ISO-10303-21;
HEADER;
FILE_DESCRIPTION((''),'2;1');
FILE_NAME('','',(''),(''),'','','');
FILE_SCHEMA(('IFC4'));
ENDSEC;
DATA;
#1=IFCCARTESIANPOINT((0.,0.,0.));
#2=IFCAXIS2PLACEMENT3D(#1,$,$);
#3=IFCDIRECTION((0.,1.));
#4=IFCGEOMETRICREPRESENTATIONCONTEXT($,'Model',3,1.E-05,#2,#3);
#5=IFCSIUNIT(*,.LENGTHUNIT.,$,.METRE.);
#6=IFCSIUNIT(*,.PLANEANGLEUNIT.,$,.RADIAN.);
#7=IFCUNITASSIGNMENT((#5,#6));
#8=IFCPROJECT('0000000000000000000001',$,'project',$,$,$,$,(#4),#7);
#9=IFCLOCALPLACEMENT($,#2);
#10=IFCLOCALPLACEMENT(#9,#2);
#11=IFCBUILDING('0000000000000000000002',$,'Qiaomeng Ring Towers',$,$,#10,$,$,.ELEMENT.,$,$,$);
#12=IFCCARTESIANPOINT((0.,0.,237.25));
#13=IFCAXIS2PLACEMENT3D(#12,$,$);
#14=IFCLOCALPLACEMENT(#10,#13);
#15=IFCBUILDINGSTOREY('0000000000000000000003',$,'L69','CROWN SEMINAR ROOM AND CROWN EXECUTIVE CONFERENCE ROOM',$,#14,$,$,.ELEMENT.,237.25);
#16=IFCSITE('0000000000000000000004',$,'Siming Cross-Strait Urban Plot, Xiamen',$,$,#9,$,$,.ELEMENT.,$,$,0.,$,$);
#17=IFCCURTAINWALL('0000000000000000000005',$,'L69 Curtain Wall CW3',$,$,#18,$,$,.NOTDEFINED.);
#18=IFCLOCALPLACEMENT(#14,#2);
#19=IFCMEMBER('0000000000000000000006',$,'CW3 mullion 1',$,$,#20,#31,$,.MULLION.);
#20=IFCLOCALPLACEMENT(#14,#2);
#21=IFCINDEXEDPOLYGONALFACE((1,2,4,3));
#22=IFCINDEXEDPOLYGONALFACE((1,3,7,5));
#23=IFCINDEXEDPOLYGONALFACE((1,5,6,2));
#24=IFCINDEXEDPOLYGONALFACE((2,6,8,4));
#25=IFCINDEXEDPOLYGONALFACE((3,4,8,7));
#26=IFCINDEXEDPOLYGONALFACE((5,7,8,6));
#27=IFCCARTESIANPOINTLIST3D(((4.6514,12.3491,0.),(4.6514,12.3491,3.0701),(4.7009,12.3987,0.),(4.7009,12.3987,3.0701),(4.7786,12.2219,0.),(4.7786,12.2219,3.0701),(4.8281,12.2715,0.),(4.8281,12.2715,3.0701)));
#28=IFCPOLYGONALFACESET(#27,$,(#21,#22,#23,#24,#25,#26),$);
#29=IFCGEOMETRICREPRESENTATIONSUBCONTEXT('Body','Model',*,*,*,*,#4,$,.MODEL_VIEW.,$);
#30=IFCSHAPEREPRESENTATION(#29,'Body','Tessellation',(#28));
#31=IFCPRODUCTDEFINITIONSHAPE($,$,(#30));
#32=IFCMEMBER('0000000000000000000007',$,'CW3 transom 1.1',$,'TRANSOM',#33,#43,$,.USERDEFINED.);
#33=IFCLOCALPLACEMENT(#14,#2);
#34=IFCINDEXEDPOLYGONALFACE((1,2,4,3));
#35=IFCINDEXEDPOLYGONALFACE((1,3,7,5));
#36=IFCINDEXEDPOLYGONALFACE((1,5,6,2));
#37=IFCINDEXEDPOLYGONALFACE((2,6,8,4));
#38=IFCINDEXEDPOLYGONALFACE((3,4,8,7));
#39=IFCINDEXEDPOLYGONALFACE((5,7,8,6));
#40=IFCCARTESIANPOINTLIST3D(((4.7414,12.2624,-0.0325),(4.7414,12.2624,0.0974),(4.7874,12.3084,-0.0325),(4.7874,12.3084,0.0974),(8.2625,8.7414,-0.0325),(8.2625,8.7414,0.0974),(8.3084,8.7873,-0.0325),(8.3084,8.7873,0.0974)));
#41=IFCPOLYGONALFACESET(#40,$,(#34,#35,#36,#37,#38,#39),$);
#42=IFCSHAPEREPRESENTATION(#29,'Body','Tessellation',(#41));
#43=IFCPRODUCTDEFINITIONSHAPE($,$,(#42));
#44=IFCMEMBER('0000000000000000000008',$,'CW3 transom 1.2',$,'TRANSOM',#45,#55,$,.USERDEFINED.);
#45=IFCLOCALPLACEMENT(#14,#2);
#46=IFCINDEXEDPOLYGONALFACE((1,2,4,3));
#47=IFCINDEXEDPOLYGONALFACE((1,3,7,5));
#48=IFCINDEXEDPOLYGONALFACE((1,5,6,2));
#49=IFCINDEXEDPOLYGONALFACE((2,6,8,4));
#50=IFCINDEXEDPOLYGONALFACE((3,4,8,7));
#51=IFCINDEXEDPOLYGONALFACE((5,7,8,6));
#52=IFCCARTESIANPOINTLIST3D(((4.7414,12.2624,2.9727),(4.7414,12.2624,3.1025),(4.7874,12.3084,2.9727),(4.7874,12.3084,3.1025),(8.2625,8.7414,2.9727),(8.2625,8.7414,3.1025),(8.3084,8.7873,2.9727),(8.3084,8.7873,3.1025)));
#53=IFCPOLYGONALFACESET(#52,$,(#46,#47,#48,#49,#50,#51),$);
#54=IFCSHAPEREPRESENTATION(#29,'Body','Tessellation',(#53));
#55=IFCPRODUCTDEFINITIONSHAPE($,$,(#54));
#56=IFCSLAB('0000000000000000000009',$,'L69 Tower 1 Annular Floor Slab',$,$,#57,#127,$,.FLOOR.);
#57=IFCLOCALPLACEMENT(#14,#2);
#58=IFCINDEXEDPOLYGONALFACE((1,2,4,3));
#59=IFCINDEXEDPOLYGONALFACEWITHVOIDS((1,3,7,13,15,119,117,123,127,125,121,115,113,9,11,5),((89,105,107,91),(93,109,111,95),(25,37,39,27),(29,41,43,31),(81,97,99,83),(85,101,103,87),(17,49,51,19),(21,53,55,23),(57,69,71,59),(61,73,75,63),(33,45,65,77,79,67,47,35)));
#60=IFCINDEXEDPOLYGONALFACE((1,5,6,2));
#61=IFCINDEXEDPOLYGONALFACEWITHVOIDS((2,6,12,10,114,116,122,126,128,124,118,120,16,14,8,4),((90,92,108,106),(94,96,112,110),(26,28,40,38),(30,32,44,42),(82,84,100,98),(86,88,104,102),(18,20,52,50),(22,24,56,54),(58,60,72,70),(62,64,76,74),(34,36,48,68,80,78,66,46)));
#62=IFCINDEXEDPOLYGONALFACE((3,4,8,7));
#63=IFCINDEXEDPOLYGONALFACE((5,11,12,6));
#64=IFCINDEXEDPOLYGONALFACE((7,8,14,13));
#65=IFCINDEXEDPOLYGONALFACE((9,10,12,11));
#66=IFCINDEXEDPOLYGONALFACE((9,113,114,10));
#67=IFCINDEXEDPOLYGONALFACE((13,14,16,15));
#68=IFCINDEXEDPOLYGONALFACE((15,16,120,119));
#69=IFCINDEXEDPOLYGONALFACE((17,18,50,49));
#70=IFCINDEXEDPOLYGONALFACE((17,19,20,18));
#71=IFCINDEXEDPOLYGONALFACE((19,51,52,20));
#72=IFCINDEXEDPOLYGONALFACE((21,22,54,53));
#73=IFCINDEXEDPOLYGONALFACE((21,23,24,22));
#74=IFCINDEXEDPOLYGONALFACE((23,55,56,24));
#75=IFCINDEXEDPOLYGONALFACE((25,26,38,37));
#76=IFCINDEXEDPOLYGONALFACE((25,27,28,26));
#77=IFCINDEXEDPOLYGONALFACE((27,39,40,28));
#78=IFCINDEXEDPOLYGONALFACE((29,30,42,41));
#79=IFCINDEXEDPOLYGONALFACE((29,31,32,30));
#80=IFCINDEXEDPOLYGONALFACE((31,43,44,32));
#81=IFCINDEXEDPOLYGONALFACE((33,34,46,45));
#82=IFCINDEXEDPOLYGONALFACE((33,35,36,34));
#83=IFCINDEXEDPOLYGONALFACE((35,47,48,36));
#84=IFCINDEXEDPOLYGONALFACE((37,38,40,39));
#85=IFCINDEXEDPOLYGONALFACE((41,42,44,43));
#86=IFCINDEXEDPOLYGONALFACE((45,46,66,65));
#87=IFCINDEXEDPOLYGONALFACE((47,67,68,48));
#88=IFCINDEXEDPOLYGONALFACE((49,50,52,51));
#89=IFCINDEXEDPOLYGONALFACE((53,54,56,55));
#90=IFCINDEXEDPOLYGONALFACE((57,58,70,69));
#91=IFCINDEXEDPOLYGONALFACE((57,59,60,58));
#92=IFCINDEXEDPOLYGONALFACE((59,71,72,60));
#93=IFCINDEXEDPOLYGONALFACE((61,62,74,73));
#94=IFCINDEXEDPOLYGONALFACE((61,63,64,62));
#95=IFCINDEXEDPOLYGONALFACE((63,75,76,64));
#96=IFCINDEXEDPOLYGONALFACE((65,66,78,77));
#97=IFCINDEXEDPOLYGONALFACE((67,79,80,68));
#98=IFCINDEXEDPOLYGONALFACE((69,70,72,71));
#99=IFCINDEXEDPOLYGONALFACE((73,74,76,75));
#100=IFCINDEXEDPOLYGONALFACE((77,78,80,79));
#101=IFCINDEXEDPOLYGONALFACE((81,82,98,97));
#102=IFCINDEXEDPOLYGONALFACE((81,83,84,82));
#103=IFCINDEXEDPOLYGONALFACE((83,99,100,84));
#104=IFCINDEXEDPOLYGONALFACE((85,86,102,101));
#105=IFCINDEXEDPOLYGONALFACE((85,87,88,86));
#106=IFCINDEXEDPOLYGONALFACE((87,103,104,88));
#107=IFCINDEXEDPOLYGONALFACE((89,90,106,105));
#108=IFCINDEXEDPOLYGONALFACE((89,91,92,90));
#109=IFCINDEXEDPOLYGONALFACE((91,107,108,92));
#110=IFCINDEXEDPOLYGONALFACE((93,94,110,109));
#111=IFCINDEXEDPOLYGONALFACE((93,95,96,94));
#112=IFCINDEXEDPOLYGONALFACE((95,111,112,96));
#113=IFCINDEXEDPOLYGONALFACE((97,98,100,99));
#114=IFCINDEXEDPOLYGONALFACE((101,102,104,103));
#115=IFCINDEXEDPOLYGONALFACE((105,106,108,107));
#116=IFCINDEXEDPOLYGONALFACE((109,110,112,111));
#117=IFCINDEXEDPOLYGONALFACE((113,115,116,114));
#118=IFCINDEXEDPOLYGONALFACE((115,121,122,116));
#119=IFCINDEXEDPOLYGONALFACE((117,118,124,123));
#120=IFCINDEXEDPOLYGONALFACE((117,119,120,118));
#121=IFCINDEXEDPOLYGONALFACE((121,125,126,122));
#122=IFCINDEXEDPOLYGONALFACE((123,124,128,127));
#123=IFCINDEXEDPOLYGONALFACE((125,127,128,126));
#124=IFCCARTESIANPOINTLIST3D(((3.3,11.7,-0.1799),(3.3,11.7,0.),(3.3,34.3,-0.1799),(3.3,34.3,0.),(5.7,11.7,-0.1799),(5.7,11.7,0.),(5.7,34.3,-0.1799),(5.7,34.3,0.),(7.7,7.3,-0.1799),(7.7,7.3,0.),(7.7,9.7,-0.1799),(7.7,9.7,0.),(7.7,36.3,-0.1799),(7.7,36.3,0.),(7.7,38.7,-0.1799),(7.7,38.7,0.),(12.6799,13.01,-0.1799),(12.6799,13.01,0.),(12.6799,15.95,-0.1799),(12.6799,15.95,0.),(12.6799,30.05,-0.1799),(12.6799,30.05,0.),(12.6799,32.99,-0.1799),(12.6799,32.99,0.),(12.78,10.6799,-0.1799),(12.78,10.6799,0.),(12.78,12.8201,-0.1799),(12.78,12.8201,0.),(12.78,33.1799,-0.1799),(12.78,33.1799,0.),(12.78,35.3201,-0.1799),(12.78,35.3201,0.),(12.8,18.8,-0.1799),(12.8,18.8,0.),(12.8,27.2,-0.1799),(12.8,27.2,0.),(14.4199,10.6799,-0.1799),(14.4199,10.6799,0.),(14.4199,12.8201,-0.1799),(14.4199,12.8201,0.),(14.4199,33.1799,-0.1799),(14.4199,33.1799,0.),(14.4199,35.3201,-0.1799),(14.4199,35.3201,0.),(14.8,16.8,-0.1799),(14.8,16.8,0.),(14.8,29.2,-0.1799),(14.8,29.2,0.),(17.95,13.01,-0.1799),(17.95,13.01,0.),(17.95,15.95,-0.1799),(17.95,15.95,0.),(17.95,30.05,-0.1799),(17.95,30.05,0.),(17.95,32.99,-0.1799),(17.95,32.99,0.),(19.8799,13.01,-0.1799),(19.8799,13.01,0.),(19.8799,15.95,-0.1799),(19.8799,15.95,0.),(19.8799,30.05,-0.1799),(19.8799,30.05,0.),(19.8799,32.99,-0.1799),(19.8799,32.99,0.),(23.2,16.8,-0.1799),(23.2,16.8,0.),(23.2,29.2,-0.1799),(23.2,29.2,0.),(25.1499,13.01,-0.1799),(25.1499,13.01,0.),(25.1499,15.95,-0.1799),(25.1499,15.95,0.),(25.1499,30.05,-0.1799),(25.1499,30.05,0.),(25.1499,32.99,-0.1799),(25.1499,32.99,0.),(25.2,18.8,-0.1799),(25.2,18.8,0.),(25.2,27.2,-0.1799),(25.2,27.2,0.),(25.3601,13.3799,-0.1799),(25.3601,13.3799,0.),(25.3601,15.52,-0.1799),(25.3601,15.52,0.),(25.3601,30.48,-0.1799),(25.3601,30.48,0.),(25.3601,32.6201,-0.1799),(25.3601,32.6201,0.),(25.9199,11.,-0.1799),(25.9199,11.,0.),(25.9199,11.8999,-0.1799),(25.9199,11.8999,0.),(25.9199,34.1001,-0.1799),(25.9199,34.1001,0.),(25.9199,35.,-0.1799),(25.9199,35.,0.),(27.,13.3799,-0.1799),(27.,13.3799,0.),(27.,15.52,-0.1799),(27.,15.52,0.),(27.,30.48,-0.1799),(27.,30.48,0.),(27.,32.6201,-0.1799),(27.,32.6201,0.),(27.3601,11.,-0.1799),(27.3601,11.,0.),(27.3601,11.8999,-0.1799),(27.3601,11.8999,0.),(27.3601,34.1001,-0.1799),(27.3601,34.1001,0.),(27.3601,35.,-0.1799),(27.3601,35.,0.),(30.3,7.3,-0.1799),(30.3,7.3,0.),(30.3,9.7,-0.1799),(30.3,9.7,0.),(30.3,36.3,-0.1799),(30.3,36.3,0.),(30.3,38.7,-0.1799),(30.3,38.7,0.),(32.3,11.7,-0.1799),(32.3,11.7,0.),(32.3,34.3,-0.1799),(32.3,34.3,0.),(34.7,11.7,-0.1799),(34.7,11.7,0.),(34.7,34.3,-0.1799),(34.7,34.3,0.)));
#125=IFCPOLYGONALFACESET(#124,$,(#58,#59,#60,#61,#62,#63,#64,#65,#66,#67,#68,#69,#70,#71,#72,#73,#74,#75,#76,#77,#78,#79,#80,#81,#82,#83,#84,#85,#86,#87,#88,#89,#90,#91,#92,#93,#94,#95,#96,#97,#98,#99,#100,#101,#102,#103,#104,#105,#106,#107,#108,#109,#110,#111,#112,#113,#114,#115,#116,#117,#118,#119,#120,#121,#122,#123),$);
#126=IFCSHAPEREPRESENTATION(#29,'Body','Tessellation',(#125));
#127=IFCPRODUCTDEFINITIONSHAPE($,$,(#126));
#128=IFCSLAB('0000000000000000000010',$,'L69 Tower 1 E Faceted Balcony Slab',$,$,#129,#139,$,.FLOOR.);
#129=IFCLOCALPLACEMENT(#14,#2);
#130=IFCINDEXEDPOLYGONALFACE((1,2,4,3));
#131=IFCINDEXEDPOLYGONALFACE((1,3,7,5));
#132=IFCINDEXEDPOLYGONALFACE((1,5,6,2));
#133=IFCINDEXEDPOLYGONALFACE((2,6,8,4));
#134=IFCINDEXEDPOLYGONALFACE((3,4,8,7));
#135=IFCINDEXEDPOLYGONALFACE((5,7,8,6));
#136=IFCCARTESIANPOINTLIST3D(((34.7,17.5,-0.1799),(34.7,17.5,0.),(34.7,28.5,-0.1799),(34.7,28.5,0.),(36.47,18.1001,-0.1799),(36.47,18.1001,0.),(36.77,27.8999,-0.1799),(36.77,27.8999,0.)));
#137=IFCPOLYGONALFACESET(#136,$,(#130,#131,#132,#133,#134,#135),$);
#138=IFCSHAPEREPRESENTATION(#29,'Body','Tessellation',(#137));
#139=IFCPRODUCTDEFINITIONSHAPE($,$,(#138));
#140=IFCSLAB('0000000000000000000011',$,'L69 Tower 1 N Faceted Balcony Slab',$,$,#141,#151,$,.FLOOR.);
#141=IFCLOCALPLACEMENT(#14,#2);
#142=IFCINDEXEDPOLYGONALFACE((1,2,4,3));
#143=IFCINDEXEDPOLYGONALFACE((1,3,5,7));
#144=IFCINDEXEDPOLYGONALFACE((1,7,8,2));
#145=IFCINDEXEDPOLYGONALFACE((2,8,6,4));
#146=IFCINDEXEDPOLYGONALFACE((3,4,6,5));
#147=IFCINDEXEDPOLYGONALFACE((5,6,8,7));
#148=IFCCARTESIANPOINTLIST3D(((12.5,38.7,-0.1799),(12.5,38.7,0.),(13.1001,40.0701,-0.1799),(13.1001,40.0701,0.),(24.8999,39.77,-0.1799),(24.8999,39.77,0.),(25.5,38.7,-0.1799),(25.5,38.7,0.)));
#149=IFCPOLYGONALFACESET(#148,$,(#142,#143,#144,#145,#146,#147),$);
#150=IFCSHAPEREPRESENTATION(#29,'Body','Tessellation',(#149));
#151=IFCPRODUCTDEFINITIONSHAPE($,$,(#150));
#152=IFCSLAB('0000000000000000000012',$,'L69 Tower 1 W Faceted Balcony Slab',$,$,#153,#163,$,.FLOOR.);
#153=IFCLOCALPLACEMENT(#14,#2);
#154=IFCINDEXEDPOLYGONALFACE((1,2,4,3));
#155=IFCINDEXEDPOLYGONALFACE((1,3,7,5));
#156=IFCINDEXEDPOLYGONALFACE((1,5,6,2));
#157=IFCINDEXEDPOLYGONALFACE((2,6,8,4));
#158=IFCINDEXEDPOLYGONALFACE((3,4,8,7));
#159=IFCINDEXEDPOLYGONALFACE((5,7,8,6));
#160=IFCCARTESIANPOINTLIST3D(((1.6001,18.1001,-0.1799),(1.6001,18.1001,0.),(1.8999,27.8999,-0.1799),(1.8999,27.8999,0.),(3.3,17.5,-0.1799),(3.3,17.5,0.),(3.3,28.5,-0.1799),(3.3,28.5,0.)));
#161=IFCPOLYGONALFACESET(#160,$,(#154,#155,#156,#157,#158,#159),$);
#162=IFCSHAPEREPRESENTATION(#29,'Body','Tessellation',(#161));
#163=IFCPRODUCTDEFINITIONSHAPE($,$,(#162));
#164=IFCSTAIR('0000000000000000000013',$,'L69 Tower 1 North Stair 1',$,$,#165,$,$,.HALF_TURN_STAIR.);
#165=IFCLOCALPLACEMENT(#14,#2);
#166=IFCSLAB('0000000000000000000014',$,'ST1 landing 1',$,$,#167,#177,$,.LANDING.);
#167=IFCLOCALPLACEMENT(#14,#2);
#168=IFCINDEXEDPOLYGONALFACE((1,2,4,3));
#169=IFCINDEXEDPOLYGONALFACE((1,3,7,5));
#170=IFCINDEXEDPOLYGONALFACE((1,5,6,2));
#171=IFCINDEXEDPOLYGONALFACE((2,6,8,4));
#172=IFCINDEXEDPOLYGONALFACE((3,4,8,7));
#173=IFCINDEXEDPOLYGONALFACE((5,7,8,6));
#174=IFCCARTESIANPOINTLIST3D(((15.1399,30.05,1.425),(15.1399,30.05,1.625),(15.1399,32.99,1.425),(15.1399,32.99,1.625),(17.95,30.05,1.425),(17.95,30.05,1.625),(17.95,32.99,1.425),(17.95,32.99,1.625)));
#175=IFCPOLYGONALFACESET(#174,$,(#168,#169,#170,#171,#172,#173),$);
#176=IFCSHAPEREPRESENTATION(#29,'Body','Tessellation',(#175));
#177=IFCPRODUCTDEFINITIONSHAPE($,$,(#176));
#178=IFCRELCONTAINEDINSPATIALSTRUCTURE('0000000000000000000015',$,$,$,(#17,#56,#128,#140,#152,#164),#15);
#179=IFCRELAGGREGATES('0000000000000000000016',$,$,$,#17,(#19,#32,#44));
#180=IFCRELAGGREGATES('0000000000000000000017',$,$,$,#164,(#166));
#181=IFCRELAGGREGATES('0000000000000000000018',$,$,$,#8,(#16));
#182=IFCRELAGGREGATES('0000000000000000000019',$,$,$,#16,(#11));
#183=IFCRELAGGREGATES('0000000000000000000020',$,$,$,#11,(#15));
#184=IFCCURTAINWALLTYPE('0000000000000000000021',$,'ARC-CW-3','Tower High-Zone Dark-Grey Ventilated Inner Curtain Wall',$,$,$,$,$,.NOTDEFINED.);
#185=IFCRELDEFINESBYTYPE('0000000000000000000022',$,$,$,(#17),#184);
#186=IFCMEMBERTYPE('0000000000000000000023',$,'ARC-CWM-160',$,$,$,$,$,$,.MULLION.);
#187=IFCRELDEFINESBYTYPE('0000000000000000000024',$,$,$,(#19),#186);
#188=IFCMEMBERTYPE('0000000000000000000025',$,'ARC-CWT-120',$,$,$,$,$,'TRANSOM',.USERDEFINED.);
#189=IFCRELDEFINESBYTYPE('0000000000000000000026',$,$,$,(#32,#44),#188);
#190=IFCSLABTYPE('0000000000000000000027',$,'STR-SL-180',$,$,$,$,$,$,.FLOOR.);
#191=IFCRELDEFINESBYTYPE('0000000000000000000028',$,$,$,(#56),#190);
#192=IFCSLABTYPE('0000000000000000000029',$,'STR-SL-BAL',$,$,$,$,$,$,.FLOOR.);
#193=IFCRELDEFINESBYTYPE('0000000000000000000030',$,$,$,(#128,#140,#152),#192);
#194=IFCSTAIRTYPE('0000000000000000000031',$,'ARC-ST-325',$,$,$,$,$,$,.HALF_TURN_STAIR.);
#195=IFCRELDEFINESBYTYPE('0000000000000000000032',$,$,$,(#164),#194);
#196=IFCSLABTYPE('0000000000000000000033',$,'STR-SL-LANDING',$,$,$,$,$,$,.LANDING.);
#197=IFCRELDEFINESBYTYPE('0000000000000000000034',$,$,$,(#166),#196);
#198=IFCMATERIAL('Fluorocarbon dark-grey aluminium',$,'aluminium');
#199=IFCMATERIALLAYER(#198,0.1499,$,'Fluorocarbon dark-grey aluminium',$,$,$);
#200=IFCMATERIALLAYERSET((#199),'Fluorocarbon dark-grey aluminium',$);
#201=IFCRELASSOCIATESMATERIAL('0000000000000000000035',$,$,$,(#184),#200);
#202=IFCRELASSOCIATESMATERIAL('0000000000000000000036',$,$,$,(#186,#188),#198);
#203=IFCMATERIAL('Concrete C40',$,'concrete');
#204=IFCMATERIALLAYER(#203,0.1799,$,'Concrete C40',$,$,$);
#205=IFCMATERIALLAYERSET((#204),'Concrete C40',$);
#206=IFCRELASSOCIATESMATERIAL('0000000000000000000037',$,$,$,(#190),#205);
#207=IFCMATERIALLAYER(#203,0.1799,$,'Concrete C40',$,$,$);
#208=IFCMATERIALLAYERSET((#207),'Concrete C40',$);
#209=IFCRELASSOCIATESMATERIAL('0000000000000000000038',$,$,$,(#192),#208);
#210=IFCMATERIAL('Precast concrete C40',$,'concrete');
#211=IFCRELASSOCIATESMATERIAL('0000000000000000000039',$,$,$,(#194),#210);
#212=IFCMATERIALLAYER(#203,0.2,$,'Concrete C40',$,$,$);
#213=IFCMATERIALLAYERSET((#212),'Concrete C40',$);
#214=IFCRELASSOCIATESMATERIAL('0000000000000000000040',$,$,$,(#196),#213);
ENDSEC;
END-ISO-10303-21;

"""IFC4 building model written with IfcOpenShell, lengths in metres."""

from ifc_helpers import new_model, si_unit, direction, frame, origin, origin_2d, place, context, subcontext, project, spatial, polyline, rectangle, outline, extrude, source, transform, mapped, material, layer, layer_set, material_profile, profile_set, type_object, element, aggregate, save


model = new_model("IFC4")

# Units and contexts
model_context = context("Model", 3, precision=1e-05, world=origin(), true_north=direction((0.0, 1.0)))
body_context = subcontext(model_context, "Body", "Model", "MODEL_VIEW")
ifc_project = project(units=[si_unit("LENGTHUNIT", "METRE"), si_unit("PLANEANGLEUNIT", "RADIAN")], contexts=[model_context])

# Site, building, storey
site_placement = place(None, origin())
site = spatial("IfcSite", under=ifc_project, at=site_placement, Name="Siming Cross-Strait Urban Plot, Xiamen", CompositionType="ELEMENT", RefElevation=0.0)
building_placement = place(site_placement, origin())
building = spatial("IfcBuilding", under=site, at=building_placement, Name="Qiaomeng Ring Towers", CompositionType="ELEMENT")
storey_placement = place(building_placement, frame((0.0, 0.0, 237.25)))
storey = spatial("IfcBuildingStorey", under=building, at=storey_placement, Name="L69", Description="CROWN SEMINAR ROOM AND CROWN EXECUTIVE CONFERENCE ROOM", CompositionType="ELEMENT", Elevation=237.25)

# Curtain wall, members
ifc_material_1 = material(Name="Fluorocarbon dark-grey aluminium", Category="aluminium")
ifc_layer_1 = layer(ifc_material_1, 0.1499, Name="Fluorocarbon dark-grey aluminium")
ifc_layer_set_1 = layer_set([ifc_layer_1], Name="Fluorocarbon dark-grey aluminium")
curtain_wall_type = type_object("IfcCurtainWallType", Name="ARC-CW-3", Description="Tower High-Zone Dark-Grey Ventilated Inner Curtain Wall", PredefinedType="NOTDEFINED", material=ifc_layer_set_1)
curtain_wall_placement = place(storey_placement, origin())
curtain_wall = element("IfcCurtainWall", 1, at=curtain_wall_placement, inside=storey, type_object=curtain_wall_type, Name="L69 Curtain Wall CW3", PredefinedType="NOTDEFINED")
ifc_material_profile_1 = material_profile(ifc_material_1, rectangle(XDim=0.0701, YDim=0.1799, at=origin_2d()), Name="ALU MULL 70x180")
ifc_profile_set_1 = profile_set([ifc_material_profile_1], Name="Fluorocarbon dark-grey aluminium")
member_type_1 = type_object("IfcMemberType", Name="ARC-CWM-160", PredefinedType="MULLION", material=ifc_profile_set_1)
shared_shape_1 = source(origin(), body_context, "Body", "SweptSolid", [
    extrude(rectangle(XDim=0.0701, YDim=0.1799, at=origin_2d()), origin(), (0.0, 0.0, 1.0), 3.0701),
])
member_1_placement = place(storey_placement, frame((4.7397, 12.3103, 0.0), z_axis=(0.0, 0.0, 1.0), x_axis=(0.707107, 0.707107, 0.0)))
member_1 = element("IfcMember", 2, at=member_1_placement, type_object=member_type_1, Name="CW3 mullion 1", PredefinedType="MULLION", context=body_context, shape_type="MappedRepresentation", body=[
    mapped(shared_shape_1, transform((0.0, 0.0, 0.0), x_axis=(1.0, 0.0, 0.0), y_axis=(0.0, 1.0, 0.0), z_axis=(0.0, 0.0, 1.0), scale=1.0)),
])
ifc_material_profile_2 = material_profile(ifc_material_1, rectangle(XDim=0.0649, YDim=0.1299, at=origin_2d()), Name="ALU TRAN 65x130")
ifc_profile_set_2 = profile_set([ifc_material_profile_2], Name="Fluorocarbon dark-grey aluminium")
member_type_2 = type_object("IfcMemberType", Name="ARC-CWT-120", ElementType="TRANSOM", PredefinedType="USERDEFINED", material=ifc_profile_set_2)
shared_shape_2 = source(origin(), body_context, "Body", "SweptSolid", [
    extrude(rectangle(XDim=0.0649, YDim=0.1299, at=origin_2d()), origin(), (0.0, 0.0, 1.0), 4.9795),
])
member_2_placement = place(storey_placement, frame((4.7644, 12.2854, 0.0325), z_axis=(0.707107, -0.707107, 0.0), x_axis=(0.707107, 0.707107, 0.0)))
member_2 = element("IfcMember", 3, at=member_2_placement, type_object=member_type_2, Name="CW3 transom 1.1", ObjectType="TRANSOM", PredefinedType="USERDEFINED", context=body_context, shape_type="MappedRepresentation", body=[
    mapped(shared_shape_2, transform((0.0, 0.0, 0.0), x_axis=(1.0, 0.0, 0.0), y_axis=(0.0, 1.0, 0.0), z_axis=(0.0, 0.0, 1.0), scale=1.0)),
])
member_3_placement = place(storey_placement, frame((4.7644, 12.2854, 3.0376), z_axis=(0.707107, -0.707107, 0.0), x_axis=(0.707107, 0.707107, 0.0)))
member_3 = element("IfcMember", 4, at=member_3_placement, type_object=member_type_2, Name="CW3 transom 1.2", ObjectType="TRANSOM", PredefinedType="USERDEFINED", context=body_context, shape_type="MappedRepresentation", body=[
    mapped(shared_shape_2, transform((0.0, 0.0, 0.0), x_axis=(1.0, 0.0, 0.0), y_axis=(0.0, 1.0, 0.0), z_axis=(0.0, 0.0, 1.0), scale=1.0)),
])
aggregate(curtain_wall, [member_1, member_2, member_3])

# Slabs
ifc_material_2 = material(Name="Concrete C40", Category="concrete")
ifc_layer_2 = layer(ifc_material_2, 0.1799, Name="Concrete C40")
ifc_layer_set_2 = layer_set([ifc_layer_2], Name="Concrete C40")
slab_type_1 = type_object("IfcSlabType", Name="STR-SL-180", PredefinedType="FLOOR", material=ifc_layer_set_2)
slab_1_placement = place(storey_placement, frame((0.0, 0.0, -0.1799)))
element("IfcSlab", 5, at=slab_1_placement, inside=storey, type_object=slab_type_1, Name="L69 Tower 1 Annular Floor Slab", PredefinedType="FLOOR", context=body_context, shape_type="SweptSolid", body=[
    extrude(outline(polyline([(7.7, 7.3), (30.3, 7.3), (30.3, 9.7), (32.3, 11.7), (34.7, 11.7), (34.7, 34.3), (32.3, 34.3), (30.3, 36.3), (30.3, 38.7), (7.7, 38.7), (7.7, 36.3), (5.7, 34.3), (3.3, 34.3), (3.3, 11.7), (5.7, 11.7), (7.7, 9.7), (7.7, 7.3)]), holes=[polyline([(12.78, 10.6799), (12.78, 12.8201), (14.4199, 12.8201), (14.4199, 10.6799), (12.78, 10.6799)]), polyline([(12.6799, 13.01), (12.6799, 15.95), (17.95, 15.95), (17.95, 13.01), (12.6799, 13.01)]), polyline([(23.2, 29.2), (25.2, 27.2), (25.2, 18.8), (23.2, 16.8), (14.8, 16.8), (12.8, 18.8), (12.8, 27.2), (14.8, 29.2), (23.2, 29.2)]), polyline([(12.6799, 32.99), (17.95, 32.99), (17.95, 30.05), (12.6799, 30.05), (12.6799, 32.99)]), polyline([(19.8799, 32.99), (25.1499, 32.99), (25.1499, 30.05), (19.8799, 30.05), (19.8799, 32.99)]), polyline([(12.78, 33.1799), (12.78, 35.3201), (14.4199, 35.3201), (14.4199, 33.1799), (12.78, 33.1799)]), polyline([(25.9199, 11.8999), (27.3601, 11.8999), (27.3601, 11.0), (25.9199, 11.0), (25.9199, 11.8999)]), polyline([(25.3601, 15.52), (27.0, 15.52), (27.0, 13.3799), (25.3601, 13.3799), (25.3601, 15.52)]), polyline([(19.8799, 13.01), (19.8799, 15.95), (25.1499, 15.95), (25.1499, 13.01), (19.8799, 13.01)]), polyline([(25.3601, 32.6201), (27.0, 32.6201), (27.0, 30.48), (25.3601, 30.48), (25.3601, 32.6201)]), polyline([(25.9199, 35.0), (27.3601, 35.0), (27.3601, 34.1001), (25.9199, 34.1001), (25.9199, 35.0)])]), origin(), (0.0, 0.0, 1.0), 0.1799),
])
ifc_layer_3 = layer(ifc_material_2, 0.1799, Name="Concrete C40")
ifc_layer_set_3 = layer_set([ifc_layer_3], Name="Concrete C40")
slab_type_2 = type_object("IfcSlabType", Name="STR-SL-BAL", PredefinedType="FLOOR", material=ifc_layer_set_3)
slab_2_placement = place(storey_placement, frame((0.0, 0.0, -0.1799)))
element("IfcSlab", 6, at=slab_2_placement, inside=storey, type_object=slab_type_2, Name="L69 Tower 1 E Faceted Balcony Slab", PredefinedType="FLOOR", context=body_context, shape_type="SweptSolid", body=[
    extrude(outline(polyline([(36.77, 27.8999), (36.47, 18.1001), (34.7, 17.5), (34.7, 28.5), (36.77, 27.8999)])), origin(), (0.0, 0.0, 1.0), 0.1799),
])
slab_3_placement = place(storey_placement, frame((0.0, 0.0, -0.1799)))
element("IfcSlab", 7, at=slab_3_placement, inside=storey, type_object=slab_type_2, Name="L69 Tower 1 N Faceted Balcony Slab", PredefinedType="FLOOR", context=body_context, shape_type="SweptSolid", body=[
    extrude(outline(polyline([(12.5, 38.7), (13.1001, 40.0701), (24.8999, 39.77), (25.5, 38.7), (12.5, 38.7)])), origin(), (0.0, 0.0, 1.0), 0.1799),
])
slab_4_placement = place(storey_placement, frame((0.0, 0.0, -0.1799)))
element("IfcSlab", 8, at=slab_4_placement, inside=storey, type_object=slab_type_2, Name="L69 Tower 1 W Faceted Balcony Slab", PredefinedType="FLOOR", context=body_context, shape_type="SweptSolid", body=[
    extrude(outline(polyline([(1.6001, 18.1001), (1.8999, 27.8999), (3.3, 28.5), (3.3, 17.5), (1.6001, 18.1001)])), origin(), (0.0, 0.0, 1.0), 0.1799),
])

# Stair, slab
ifc_material_3 = material(Name="Precast concrete C40", Category="concrete")
stair_type = type_object("IfcStairType", Name="ARC-ST-325", PredefinedType="HALF_TURN_STAIR", material=ifc_material_3)
stair_1_placement = place(storey_placement, origin())
stair_1 = element("IfcStair", 9, at=stair_1_placement, inside=storey, type_object=stair_type, Name="L69 Tower 1 North Stair 1", PredefinedType="HALF_TURN_STAIR")
ifc_layer_4 = layer(ifc_material_2, 0.2, Name="Concrete C40")
ifc_layer_set_4 = layer_set([ifc_layer_4], Name="Concrete C40")
slab_type_3 = type_object("IfcSlabType", Name="STR-SL-LANDING", PredefinedType="LANDING", material=ifc_layer_set_4)
slab_5_placement = place(storey_placement, frame((0.0, 0.0, 1.425)))
slab_5 = element("IfcSlab", 10, at=slab_5_placement, type_object=slab_type_3, Name="ST1 landing 1", PredefinedType="LANDING", context=body_context, shape_type="SweptSolid", body=[
    extrude(outline(polyline([(15.1399, 30.05), (17.95, 30.05), (17.95, 32.99), (15.1399, 32.99), (15.1399, 30.05)])), origin(), (0.0, 0.0, 1.0), 0.2),
])
aggregate(stair_1, [slab_5])

save(model, "model.ifc")
